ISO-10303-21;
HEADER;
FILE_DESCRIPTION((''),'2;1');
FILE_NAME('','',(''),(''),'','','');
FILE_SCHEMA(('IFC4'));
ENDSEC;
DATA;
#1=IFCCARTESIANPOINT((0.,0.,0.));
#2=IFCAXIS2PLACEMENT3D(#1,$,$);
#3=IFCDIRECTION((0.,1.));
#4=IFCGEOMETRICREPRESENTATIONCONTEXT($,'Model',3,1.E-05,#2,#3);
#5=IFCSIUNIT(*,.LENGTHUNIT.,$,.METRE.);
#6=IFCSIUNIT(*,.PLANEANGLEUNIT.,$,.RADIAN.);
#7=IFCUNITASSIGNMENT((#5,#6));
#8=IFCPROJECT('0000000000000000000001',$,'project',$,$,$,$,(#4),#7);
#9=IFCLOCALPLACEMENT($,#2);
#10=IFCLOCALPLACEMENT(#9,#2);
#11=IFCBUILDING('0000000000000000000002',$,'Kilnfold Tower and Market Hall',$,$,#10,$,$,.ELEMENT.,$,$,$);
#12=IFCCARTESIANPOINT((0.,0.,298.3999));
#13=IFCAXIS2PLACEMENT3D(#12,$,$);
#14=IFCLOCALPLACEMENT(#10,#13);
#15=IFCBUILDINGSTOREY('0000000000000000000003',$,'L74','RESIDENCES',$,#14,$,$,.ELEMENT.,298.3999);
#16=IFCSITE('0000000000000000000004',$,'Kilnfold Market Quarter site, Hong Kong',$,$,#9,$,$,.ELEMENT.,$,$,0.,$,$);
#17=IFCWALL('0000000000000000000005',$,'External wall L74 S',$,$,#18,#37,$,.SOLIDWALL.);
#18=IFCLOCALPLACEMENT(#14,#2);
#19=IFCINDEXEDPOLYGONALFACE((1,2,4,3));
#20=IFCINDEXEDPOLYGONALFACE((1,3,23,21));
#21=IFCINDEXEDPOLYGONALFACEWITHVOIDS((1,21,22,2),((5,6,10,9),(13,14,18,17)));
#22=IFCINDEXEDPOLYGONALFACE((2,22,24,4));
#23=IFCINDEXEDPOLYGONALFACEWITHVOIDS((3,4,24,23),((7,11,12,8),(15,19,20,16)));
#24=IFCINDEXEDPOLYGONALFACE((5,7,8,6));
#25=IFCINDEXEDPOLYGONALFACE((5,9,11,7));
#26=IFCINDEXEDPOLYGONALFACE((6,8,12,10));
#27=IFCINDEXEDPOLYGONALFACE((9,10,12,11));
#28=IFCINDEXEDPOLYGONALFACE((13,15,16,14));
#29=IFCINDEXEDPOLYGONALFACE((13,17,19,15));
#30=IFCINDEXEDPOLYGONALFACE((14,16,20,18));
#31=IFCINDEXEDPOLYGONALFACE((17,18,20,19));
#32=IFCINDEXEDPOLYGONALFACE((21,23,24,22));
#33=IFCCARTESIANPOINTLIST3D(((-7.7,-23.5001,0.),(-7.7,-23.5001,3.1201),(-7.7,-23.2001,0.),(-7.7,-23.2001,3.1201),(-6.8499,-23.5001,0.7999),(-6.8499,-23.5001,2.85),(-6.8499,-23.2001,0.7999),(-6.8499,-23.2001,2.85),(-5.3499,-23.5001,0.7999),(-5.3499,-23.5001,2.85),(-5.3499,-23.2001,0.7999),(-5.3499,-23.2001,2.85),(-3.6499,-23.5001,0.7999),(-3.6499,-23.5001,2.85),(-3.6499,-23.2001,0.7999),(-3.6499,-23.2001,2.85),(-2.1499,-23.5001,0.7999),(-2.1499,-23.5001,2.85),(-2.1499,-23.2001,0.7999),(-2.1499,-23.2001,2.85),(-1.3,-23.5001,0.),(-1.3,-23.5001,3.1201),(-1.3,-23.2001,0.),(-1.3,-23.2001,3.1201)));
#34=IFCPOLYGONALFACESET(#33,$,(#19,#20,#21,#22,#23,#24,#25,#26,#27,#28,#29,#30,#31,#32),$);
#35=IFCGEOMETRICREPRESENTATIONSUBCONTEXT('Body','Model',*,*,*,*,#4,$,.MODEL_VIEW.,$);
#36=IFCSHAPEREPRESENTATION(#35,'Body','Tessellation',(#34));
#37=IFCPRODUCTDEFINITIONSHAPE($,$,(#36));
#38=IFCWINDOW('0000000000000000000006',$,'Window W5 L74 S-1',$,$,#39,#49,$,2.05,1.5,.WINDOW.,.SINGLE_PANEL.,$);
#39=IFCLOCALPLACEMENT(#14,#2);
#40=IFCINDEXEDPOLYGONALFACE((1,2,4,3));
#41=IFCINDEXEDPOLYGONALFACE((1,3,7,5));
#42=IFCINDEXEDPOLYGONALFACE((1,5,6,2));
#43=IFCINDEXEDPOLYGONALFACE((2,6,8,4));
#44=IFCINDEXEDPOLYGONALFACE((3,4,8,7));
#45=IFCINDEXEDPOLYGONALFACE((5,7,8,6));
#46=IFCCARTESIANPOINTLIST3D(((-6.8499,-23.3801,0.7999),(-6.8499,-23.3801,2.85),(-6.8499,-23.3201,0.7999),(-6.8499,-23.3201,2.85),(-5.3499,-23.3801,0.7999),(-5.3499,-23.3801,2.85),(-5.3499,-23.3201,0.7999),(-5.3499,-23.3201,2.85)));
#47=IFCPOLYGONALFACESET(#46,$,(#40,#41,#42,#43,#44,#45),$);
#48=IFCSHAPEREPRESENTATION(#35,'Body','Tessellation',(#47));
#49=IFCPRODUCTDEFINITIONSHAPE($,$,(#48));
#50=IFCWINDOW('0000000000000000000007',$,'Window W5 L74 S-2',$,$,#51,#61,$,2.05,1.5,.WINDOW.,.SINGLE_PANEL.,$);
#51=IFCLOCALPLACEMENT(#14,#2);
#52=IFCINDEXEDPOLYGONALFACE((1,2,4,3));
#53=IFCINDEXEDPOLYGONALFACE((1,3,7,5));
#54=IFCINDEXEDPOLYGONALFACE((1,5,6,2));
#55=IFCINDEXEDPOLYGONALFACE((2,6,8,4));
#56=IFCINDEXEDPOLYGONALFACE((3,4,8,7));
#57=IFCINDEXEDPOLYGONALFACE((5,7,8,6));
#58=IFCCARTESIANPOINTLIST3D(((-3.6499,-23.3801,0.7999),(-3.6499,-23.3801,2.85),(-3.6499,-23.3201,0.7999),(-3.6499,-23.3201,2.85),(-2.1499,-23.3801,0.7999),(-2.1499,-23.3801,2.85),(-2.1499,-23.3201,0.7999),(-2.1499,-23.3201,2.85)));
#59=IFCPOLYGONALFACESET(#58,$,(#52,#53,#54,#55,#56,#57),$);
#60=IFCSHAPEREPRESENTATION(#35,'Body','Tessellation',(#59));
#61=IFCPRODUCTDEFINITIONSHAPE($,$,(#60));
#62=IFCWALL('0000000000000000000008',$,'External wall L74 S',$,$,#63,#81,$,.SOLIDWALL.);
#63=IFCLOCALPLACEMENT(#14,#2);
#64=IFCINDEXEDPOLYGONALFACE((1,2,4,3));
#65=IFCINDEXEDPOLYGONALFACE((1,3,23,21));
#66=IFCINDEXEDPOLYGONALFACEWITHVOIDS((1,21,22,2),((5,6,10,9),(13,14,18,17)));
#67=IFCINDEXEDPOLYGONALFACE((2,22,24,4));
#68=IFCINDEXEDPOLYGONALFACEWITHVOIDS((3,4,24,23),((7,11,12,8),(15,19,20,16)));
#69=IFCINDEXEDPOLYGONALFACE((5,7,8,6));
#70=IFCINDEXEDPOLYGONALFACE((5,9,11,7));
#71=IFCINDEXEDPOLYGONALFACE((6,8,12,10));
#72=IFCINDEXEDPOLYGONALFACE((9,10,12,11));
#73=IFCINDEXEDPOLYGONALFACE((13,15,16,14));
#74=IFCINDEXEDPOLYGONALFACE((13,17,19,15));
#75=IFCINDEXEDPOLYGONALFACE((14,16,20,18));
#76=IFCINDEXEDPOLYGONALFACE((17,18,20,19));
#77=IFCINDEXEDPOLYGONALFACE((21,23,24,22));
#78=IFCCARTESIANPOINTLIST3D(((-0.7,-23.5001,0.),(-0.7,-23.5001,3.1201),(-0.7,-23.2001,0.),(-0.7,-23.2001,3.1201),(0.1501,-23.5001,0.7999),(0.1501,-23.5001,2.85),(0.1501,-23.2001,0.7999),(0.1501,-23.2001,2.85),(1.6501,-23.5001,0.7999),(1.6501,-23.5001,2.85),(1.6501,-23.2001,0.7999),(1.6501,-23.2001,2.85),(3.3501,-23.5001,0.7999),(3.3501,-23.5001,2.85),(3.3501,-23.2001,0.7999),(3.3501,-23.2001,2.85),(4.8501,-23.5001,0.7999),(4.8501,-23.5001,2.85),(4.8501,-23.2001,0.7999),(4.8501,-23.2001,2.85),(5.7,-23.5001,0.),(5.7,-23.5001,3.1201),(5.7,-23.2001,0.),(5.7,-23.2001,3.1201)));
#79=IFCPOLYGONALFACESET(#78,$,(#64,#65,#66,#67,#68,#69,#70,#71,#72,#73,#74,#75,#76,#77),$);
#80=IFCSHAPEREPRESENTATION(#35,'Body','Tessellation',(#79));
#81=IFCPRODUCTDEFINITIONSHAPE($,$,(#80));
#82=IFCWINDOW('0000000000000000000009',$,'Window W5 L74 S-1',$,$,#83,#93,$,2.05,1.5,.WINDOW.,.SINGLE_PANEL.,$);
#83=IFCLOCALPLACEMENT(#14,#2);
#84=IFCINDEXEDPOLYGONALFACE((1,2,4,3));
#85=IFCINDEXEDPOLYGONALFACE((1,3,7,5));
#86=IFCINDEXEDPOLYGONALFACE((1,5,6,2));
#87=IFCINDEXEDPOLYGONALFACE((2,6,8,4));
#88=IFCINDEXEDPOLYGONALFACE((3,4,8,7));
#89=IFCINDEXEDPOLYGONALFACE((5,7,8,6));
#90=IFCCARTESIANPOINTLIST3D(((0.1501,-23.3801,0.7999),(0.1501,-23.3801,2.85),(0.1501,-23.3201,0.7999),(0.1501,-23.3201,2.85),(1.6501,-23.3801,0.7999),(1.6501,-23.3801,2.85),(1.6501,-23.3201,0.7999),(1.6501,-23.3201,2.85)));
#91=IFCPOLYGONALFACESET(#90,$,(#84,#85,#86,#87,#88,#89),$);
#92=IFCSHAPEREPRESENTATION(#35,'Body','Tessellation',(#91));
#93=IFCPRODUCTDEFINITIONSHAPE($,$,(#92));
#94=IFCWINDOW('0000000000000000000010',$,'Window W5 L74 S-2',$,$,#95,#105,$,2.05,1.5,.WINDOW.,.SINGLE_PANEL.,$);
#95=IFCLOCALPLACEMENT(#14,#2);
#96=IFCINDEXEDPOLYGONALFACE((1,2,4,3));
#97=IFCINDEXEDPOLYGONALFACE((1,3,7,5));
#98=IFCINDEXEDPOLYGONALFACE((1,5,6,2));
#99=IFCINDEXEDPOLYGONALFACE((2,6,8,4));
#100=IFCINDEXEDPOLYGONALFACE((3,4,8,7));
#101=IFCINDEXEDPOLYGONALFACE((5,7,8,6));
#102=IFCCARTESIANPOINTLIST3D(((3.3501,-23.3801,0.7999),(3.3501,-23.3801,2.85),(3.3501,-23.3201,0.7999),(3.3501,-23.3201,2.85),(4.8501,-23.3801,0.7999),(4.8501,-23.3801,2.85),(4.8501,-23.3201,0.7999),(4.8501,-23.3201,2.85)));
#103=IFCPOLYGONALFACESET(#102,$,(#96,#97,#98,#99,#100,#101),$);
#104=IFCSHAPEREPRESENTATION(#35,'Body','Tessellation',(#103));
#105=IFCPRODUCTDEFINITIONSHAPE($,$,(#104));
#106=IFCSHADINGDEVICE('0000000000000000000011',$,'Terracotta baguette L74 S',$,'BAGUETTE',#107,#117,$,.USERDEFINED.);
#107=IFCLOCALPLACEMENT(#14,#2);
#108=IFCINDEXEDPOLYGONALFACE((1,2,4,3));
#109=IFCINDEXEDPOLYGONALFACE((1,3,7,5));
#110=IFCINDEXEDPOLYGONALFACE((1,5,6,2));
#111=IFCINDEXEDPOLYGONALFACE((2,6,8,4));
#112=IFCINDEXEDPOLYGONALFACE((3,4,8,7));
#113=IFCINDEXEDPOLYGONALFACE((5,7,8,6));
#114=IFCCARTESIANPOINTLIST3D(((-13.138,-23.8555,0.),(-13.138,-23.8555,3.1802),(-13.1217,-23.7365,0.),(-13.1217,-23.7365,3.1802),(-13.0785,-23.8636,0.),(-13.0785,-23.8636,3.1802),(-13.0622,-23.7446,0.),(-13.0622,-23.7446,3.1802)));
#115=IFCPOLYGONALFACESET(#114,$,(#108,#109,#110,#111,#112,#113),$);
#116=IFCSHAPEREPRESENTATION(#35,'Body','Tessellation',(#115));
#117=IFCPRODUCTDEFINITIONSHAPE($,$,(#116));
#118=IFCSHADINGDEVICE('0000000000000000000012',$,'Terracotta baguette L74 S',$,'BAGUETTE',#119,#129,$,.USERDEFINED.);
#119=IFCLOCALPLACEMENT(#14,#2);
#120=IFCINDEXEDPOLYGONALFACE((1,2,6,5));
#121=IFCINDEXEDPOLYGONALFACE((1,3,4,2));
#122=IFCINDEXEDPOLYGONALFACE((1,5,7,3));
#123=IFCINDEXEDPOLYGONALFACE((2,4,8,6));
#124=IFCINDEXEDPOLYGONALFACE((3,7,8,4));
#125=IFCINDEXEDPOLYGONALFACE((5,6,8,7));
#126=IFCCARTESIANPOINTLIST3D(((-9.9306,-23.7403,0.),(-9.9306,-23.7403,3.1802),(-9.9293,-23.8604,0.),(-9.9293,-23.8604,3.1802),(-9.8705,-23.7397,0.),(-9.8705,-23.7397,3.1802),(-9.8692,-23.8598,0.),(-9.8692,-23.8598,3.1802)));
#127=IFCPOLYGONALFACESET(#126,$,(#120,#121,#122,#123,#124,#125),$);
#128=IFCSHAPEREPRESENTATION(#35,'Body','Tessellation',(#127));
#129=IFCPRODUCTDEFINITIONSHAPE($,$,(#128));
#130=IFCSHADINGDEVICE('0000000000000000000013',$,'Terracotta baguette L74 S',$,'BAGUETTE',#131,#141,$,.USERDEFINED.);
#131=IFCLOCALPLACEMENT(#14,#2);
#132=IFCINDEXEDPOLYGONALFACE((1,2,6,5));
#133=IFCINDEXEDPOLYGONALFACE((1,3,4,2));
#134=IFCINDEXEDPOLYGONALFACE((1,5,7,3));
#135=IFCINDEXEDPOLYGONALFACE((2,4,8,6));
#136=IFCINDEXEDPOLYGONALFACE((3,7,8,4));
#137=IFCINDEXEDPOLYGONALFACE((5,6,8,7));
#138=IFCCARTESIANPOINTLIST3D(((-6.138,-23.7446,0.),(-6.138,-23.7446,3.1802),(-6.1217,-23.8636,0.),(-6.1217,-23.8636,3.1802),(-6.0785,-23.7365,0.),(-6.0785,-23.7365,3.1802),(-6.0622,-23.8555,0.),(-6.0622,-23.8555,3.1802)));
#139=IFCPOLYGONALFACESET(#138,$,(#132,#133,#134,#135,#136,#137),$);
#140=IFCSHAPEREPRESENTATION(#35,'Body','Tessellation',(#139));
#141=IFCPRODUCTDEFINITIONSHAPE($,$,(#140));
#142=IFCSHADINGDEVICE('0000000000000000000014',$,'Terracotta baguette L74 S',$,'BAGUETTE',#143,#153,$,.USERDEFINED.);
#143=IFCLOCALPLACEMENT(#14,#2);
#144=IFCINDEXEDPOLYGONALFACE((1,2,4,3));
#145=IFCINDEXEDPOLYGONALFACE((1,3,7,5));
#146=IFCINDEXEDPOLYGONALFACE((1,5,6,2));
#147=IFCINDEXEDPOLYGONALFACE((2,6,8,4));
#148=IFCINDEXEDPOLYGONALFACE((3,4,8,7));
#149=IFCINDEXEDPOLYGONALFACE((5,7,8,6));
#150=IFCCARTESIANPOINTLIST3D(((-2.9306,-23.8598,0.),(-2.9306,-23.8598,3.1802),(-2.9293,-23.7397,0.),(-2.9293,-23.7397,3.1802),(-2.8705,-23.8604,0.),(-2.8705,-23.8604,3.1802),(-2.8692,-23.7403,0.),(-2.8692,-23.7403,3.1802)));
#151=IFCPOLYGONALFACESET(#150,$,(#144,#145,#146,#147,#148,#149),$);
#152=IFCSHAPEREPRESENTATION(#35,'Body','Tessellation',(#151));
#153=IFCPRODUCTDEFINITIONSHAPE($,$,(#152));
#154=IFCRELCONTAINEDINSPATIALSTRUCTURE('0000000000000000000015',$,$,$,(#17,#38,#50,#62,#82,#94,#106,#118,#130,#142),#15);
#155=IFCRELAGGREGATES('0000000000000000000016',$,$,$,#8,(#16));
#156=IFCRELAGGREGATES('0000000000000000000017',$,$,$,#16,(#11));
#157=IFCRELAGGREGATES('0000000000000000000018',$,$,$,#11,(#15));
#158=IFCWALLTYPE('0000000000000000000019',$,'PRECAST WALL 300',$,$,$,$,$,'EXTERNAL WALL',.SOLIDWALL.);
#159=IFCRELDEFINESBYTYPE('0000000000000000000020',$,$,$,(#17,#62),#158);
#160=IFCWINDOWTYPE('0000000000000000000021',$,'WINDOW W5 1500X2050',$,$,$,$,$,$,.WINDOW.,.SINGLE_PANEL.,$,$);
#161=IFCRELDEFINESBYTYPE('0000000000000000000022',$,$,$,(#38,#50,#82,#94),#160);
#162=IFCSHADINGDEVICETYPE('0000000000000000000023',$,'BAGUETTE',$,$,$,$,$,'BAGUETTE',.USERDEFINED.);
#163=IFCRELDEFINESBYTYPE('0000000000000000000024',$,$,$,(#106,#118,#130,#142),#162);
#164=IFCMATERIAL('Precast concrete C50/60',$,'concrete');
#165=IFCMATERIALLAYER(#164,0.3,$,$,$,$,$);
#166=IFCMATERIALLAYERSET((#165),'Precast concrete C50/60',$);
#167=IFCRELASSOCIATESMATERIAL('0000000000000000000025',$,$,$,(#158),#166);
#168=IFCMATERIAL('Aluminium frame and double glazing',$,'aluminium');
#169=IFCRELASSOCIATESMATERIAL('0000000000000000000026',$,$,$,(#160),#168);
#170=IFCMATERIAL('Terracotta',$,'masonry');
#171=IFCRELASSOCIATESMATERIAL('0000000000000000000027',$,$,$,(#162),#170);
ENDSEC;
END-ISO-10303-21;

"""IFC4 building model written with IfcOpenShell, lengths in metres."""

from ifc_helpers import new_model, si_unit, direction, frame, frame_2d, origin, origin_2d, place, context, subcontext, project, spatial, rectangle, extrude, source, transform, mapped, material, layer, layer_set, material_profile, profile_set, type_object, element, fill, save


model = new_model("IFC4")

# Units and contexts
model_context = context("Model", 3, precision=1e-05, world=origin(), true_north=direction((0.0, 1.0)))
body_context = subcontext(model_context, "Body", "Model", "MODEL_VIEW")
ifc_project = project(units=[si_unit("LENGTHUNIT", "METRE"), si_unit("PLANEANGLEUNIT", "RADIAN")], contexts=[model_context])

# Site, building, storey
site_placement = place(None, origin())
site = spatial("IfcSite", under=ifc_project, at=site_placement, Name="Kilnfold Market Quarter site, Hong Kong", CompositionType="ELEMENT", RefElevation=0.0)
building_placement = place(site_placement, origin())
building = spatial("IfcBuilding", under=site, at=building_placement, Name="Kilnfold Tower and Market Hall", CompositionType="ELEMENT")
storey_placement = place(building_placement, frame((0.0, 0.0, 298.3999)))
storey = spatial("IfcBuildingStorey", under=building, at=storey_placement, Name="L74", Description="RESIDENCES", CompositionType="ELEMENT", Elevation=298.3999)

# Walls, openings, windows
ifc_material_1 = material(Name="Precast concrete C50/60", Category="concrete")
ifc_layer_1 = layer(ifc_material_1, 0.3)
ifc_layer_set_1 = layer_set([ifc_layer_1], Name="Precast concrete C50/60")
wall_type_1 = type_object("IfcWallType", Name="PRECAST WALL 300", ElementType="EXTERNAL WALL", PredefinedType="SOLIDWALL", material=ifc_layer_set_1)
shared_shape_1 = source(origin(), body_context, "Body", "SweptSolid", [
    extrude(rectangle(XDim=6.3999, YDim=0.3, at=frame_2d((3.2, 0.0))), origin(), (0.0, 0.0, 1.0), 3.1201),
])
wall_1_placement = place(storey_placement, frame((-7.7, -23.3501, 0.0), z_axis=(0.0, 0.0, 1.0), x_axis=(1.0, 0.0, 0.0)))
wall_1 = element("IfcWall", 1, at=wall_1_placement, inside=storey, type_object=wall_type_1, Name="External wall L74 S", PredefinedType="SOLIDWALL", context=body_context, shape_type="MappedRepresentation", body=[
    mapped(shared_shape_1, transform((0.0, 0.0, 0.0))),
])
opening_1_placement = place(wall_1_placement, frame((0.8501, 0.0, 0.8)))
opening_1 = element("IfcOpeningElement", 2, at=opening_1_placement, cuts=wall_1, PredefinedType="OPENING", context=body_context, shape_type="SweptSolid", body=[
    extrude(rectangle(XDim=1.5, YDim=2.05, at=frame_2d((0.75, 1.0249))), frame((0.0, 0.1602, 0.0), z_axis=(0.0, -1.0, 0.0), x_axis=(1.0, 0.0, 0.0)), (0.0, 0.0, 1.0), 0.3201),
])
opening_2_placement = place(wall_1_placement, frame((4.05, 0.0, 0.8)))
opening_2 = element("IfcOpeningElement", 3, at=opening_2_placement, cuts=wall_1, PredefinedType="OPENING", context=body_context, shape_type="SweptSolid", body=[
    extrude(rectangle(XDim=1.5, YDim=2.05, at=frame_2d((0.75, 1.0249))), frame((0.0, 0.1602, 0.0), z_axis=(0.0, -1.0, 0.0), x_axis=(1.0, 0.0, 0.0)), (0.0, 0.0, 1.0), 0.3201),
])
ifc_material_2 = material(Name="Aluminium frame and double glazing", Category="aluminium")
window_type = type_object("IfcWindowType", Name="WINDOW W5 1500X2050", PartitioningType="SINGLE_PANEL", PredefinedType="WINDOW", material=ifc_material_2)
window_1_placement = place(opening_1_placement, origin())
window_1 = element("IfcWindow", 4, at=window_1_placement, inside=storey, type_object=window_type, Name="Window W5 L74 S-1", OverallHeight=2.05, OverallWidth=1.5, PartitioningType="SINGLE_PANEL", PredefinedType="WINDOW", context=body_context, shape_type="SweptSolid", body=[
    extrude(rectangle(XDim=1.5, YDim=2.05, at=frame_2d((0.75, 1.0249))), frame((0.0, 0.03, 0.0), z_axis=(0.0, -1.0, 0.0), x_axis=(1.0, 0.0, 0.0)), (0.0, 0.0, 1.0), 0.0601),
])
fill(opening_1, window_1)
window_2_placement = place(opening_2_placement, origin())
window_2 = element("IfcWindow", 5, at=window_2_placement, inside=storey, type_object=window_type, Name="Window W5 L74 S-2", OverallHeight=2.05, OverallWidth=1.5, PartitioningType="SINGLE_PANEL", PredefinedType="WINDOW", context=body_context, shape_type="SweptSolid", body=[
    extrude(rectangle(XDim=1.5, YDim=2.05, at=frame_2d((0.75, 1.0249))), frame((0.0, 0.03, 0.0), z_axis=(0.0, -1.0, 0.0), x_axis=(1.0, 0.0, 0.0)), (0.0, 0.0, 1.0), 0.0601),
])
fill(opening_2, window_2)
wall_2_placement = place(storey_placement, frame((-0.7, -23.3501, 0.0), z_axis=(0.0, 0.0, 1.0), x_axis=(1.0, 0.0, 0.0)))
wall_2 = element("IfcWall", 6, at=wall_2_placement, inside=storey, type_object=wall_type_1, Name="External wall L74 S", PredefinedType="SOLIDWALL", context=body_context, shape_type="MappedRepresentation", body=[
    mapped(shared_shape_1, transform((0.0, 0.0, 0.0))),
])
opening_3_placement = place(wall_2_placement, frame((0.8501, 0.0, 0.8)))
opening_3 = element("IfcOpeningElement", 7, at=opening_3_placement, cuts=wall_2, PredefinedType="OPENING", context=body_context, shape_type="SweptSolid", body=[
    extrude(rectangle(XDim=1.5, YDim=2.05, at=frame_2d((0.75, 1.0249))), frame((0.0, 0.1602, 0.0), z_axis=(0.0, -1.0, 0.0), x_axis=(1.0, 0.0, 0.0)), (0.0, 0.0, 1.0), 0.3201),
])
opening_4_placement = place(wall_2_placement, frame((4.05, 0.0, 0.8)))
opening_4 = element("IfcOpeningElement", 8, at=opening_4_placement, cuts=wall_2, PredefinedType="OPENING", context=body_context, shape_type="SweptSolid", body=[
    extrude(rectangle(XDim=1.5, YDim=2.05, at=frame_2d((0.75, 1.0249))), frame((0.0, 0.1602, 0.0), z_axis=(0.0, -1.0, 0.0), x_axis=(1.0, 0.0, 0.0)), (0.0, 0.0, 1.0), 0.3201),
])
window_3_placement = place(opening_3_placement, origin())
window_3 = element("IfcWindow", 9, at=window_3_placement, inside=storey, type_object=window_type, Name="Window W5 L74 S-1", OverallHeight=2.05, OverallWidth=1.5, PartitioningType="SINGLE_PANEL", PredefinedType="WINDOW", context=body_context, shape_type="SweptSolid", body=[
    extrude(rectangle(XDim=1.5, YDim=2.05, at=frame_2d((0.75, 1.0249))), frame((0.0, 0.03, 0.0), z_axis=(0.0, -1.0, 0.0), x_axis=(1.0, 0.0, 0.0)), (0.0, 0.0, 1.0), 0.0601),
])
fill(opening_3, window_3)
window_4_placement = place(opening_4_placement, origin())
window_4 = element("IfcWindow", 10, at=window_4_placement, inside=storey, type_object=window_type, Name="Window W5 L74 S-2", OverallHeight=2.05, OverallWidth=1.5, PartitioningType="SINGLE_PANEL", PredefinedType="WINDOW", context=body_context, shape_type="SweptSolid", body=[
    extrude(rectangle(XDim=1.5, YDim=2.05, at=frame_2d((0.75, 1.0249))), frame((0.0, 0.03, 0.0), z_axis=(0.0, -1.0, 0.0), x_axis=(1.0, 0.0, 0.0)), (0.0, 0.0, 1.0), 0.0601),
])
fill(opening_4, window_4)

# Shading devices
ifc_material_3 = material(Name="Terracotta", Category="masonry")
ifc_material_profile_1 = material_profile(ifc_material_3, rectangle(XDim=0.0601, YDim=0.1201, at=origin_2d()), Name="BAG 60x120")
ifc_profile_set_1 = profile_set([ifc_material_profile_1], Name="Terracotta")
shading_device_type = type_object("IfcShadingDeviceType", Name="BAGUETTE", ElementType="BAGUETTE", PredefinedType="USERDEFINED", material=ifc_profile_set_1)
shared_shape_2 = source(origin(), body_context, "Body", "SweptSolid", [
    extrude(rectangle(XDim=0.0601, YDim=0.1201, at=origin_2d()), origin(), (0.0, 0.0, 1.0), 3.1802),
])
for number, where, z_axis, x_axis, name in (
    (11, (-13.1001, -23.8, 0.0), (0.0, 0.0, 1.0), (0.990698, -0.136082, 0.0), "Terracotta baguette L74 S"),
    (12, (-9.8999, -23.8, 0.0), (0.0, 0.0, 1.0), (0.999942, 0.010767, 0.0), "Terracotta baguette L74 S"),
    (13, (-6.1001, -23.8, 0.0), (0.0, 0.0, 1.0), (0.990698, 0.136082, 0.0), "Terracotta baguette L74 S"),
    (14, (-2.8999, -23.8, 0.0), (0.0, 0.0, 1.0), (0.999942, -0.010767, 0.0), "Terracotta baguette L74 S"),
):
    element("IfcShadingDevice", number, at=place(storey_placement, frame(where, z_axis=z_axis, x_axis=x_axis)), inside=storey, type_object=shading_device_type, Name=name, ObjectType="BAGUETTE", PredefinedType="USERDEFINED", context=body_context, shape_type="MappedRepresentation", body=[
        mapped(shared_shape_2, transform((0.0, 0.0, 0.0))),
    ])

save(model, "model.ifc")
